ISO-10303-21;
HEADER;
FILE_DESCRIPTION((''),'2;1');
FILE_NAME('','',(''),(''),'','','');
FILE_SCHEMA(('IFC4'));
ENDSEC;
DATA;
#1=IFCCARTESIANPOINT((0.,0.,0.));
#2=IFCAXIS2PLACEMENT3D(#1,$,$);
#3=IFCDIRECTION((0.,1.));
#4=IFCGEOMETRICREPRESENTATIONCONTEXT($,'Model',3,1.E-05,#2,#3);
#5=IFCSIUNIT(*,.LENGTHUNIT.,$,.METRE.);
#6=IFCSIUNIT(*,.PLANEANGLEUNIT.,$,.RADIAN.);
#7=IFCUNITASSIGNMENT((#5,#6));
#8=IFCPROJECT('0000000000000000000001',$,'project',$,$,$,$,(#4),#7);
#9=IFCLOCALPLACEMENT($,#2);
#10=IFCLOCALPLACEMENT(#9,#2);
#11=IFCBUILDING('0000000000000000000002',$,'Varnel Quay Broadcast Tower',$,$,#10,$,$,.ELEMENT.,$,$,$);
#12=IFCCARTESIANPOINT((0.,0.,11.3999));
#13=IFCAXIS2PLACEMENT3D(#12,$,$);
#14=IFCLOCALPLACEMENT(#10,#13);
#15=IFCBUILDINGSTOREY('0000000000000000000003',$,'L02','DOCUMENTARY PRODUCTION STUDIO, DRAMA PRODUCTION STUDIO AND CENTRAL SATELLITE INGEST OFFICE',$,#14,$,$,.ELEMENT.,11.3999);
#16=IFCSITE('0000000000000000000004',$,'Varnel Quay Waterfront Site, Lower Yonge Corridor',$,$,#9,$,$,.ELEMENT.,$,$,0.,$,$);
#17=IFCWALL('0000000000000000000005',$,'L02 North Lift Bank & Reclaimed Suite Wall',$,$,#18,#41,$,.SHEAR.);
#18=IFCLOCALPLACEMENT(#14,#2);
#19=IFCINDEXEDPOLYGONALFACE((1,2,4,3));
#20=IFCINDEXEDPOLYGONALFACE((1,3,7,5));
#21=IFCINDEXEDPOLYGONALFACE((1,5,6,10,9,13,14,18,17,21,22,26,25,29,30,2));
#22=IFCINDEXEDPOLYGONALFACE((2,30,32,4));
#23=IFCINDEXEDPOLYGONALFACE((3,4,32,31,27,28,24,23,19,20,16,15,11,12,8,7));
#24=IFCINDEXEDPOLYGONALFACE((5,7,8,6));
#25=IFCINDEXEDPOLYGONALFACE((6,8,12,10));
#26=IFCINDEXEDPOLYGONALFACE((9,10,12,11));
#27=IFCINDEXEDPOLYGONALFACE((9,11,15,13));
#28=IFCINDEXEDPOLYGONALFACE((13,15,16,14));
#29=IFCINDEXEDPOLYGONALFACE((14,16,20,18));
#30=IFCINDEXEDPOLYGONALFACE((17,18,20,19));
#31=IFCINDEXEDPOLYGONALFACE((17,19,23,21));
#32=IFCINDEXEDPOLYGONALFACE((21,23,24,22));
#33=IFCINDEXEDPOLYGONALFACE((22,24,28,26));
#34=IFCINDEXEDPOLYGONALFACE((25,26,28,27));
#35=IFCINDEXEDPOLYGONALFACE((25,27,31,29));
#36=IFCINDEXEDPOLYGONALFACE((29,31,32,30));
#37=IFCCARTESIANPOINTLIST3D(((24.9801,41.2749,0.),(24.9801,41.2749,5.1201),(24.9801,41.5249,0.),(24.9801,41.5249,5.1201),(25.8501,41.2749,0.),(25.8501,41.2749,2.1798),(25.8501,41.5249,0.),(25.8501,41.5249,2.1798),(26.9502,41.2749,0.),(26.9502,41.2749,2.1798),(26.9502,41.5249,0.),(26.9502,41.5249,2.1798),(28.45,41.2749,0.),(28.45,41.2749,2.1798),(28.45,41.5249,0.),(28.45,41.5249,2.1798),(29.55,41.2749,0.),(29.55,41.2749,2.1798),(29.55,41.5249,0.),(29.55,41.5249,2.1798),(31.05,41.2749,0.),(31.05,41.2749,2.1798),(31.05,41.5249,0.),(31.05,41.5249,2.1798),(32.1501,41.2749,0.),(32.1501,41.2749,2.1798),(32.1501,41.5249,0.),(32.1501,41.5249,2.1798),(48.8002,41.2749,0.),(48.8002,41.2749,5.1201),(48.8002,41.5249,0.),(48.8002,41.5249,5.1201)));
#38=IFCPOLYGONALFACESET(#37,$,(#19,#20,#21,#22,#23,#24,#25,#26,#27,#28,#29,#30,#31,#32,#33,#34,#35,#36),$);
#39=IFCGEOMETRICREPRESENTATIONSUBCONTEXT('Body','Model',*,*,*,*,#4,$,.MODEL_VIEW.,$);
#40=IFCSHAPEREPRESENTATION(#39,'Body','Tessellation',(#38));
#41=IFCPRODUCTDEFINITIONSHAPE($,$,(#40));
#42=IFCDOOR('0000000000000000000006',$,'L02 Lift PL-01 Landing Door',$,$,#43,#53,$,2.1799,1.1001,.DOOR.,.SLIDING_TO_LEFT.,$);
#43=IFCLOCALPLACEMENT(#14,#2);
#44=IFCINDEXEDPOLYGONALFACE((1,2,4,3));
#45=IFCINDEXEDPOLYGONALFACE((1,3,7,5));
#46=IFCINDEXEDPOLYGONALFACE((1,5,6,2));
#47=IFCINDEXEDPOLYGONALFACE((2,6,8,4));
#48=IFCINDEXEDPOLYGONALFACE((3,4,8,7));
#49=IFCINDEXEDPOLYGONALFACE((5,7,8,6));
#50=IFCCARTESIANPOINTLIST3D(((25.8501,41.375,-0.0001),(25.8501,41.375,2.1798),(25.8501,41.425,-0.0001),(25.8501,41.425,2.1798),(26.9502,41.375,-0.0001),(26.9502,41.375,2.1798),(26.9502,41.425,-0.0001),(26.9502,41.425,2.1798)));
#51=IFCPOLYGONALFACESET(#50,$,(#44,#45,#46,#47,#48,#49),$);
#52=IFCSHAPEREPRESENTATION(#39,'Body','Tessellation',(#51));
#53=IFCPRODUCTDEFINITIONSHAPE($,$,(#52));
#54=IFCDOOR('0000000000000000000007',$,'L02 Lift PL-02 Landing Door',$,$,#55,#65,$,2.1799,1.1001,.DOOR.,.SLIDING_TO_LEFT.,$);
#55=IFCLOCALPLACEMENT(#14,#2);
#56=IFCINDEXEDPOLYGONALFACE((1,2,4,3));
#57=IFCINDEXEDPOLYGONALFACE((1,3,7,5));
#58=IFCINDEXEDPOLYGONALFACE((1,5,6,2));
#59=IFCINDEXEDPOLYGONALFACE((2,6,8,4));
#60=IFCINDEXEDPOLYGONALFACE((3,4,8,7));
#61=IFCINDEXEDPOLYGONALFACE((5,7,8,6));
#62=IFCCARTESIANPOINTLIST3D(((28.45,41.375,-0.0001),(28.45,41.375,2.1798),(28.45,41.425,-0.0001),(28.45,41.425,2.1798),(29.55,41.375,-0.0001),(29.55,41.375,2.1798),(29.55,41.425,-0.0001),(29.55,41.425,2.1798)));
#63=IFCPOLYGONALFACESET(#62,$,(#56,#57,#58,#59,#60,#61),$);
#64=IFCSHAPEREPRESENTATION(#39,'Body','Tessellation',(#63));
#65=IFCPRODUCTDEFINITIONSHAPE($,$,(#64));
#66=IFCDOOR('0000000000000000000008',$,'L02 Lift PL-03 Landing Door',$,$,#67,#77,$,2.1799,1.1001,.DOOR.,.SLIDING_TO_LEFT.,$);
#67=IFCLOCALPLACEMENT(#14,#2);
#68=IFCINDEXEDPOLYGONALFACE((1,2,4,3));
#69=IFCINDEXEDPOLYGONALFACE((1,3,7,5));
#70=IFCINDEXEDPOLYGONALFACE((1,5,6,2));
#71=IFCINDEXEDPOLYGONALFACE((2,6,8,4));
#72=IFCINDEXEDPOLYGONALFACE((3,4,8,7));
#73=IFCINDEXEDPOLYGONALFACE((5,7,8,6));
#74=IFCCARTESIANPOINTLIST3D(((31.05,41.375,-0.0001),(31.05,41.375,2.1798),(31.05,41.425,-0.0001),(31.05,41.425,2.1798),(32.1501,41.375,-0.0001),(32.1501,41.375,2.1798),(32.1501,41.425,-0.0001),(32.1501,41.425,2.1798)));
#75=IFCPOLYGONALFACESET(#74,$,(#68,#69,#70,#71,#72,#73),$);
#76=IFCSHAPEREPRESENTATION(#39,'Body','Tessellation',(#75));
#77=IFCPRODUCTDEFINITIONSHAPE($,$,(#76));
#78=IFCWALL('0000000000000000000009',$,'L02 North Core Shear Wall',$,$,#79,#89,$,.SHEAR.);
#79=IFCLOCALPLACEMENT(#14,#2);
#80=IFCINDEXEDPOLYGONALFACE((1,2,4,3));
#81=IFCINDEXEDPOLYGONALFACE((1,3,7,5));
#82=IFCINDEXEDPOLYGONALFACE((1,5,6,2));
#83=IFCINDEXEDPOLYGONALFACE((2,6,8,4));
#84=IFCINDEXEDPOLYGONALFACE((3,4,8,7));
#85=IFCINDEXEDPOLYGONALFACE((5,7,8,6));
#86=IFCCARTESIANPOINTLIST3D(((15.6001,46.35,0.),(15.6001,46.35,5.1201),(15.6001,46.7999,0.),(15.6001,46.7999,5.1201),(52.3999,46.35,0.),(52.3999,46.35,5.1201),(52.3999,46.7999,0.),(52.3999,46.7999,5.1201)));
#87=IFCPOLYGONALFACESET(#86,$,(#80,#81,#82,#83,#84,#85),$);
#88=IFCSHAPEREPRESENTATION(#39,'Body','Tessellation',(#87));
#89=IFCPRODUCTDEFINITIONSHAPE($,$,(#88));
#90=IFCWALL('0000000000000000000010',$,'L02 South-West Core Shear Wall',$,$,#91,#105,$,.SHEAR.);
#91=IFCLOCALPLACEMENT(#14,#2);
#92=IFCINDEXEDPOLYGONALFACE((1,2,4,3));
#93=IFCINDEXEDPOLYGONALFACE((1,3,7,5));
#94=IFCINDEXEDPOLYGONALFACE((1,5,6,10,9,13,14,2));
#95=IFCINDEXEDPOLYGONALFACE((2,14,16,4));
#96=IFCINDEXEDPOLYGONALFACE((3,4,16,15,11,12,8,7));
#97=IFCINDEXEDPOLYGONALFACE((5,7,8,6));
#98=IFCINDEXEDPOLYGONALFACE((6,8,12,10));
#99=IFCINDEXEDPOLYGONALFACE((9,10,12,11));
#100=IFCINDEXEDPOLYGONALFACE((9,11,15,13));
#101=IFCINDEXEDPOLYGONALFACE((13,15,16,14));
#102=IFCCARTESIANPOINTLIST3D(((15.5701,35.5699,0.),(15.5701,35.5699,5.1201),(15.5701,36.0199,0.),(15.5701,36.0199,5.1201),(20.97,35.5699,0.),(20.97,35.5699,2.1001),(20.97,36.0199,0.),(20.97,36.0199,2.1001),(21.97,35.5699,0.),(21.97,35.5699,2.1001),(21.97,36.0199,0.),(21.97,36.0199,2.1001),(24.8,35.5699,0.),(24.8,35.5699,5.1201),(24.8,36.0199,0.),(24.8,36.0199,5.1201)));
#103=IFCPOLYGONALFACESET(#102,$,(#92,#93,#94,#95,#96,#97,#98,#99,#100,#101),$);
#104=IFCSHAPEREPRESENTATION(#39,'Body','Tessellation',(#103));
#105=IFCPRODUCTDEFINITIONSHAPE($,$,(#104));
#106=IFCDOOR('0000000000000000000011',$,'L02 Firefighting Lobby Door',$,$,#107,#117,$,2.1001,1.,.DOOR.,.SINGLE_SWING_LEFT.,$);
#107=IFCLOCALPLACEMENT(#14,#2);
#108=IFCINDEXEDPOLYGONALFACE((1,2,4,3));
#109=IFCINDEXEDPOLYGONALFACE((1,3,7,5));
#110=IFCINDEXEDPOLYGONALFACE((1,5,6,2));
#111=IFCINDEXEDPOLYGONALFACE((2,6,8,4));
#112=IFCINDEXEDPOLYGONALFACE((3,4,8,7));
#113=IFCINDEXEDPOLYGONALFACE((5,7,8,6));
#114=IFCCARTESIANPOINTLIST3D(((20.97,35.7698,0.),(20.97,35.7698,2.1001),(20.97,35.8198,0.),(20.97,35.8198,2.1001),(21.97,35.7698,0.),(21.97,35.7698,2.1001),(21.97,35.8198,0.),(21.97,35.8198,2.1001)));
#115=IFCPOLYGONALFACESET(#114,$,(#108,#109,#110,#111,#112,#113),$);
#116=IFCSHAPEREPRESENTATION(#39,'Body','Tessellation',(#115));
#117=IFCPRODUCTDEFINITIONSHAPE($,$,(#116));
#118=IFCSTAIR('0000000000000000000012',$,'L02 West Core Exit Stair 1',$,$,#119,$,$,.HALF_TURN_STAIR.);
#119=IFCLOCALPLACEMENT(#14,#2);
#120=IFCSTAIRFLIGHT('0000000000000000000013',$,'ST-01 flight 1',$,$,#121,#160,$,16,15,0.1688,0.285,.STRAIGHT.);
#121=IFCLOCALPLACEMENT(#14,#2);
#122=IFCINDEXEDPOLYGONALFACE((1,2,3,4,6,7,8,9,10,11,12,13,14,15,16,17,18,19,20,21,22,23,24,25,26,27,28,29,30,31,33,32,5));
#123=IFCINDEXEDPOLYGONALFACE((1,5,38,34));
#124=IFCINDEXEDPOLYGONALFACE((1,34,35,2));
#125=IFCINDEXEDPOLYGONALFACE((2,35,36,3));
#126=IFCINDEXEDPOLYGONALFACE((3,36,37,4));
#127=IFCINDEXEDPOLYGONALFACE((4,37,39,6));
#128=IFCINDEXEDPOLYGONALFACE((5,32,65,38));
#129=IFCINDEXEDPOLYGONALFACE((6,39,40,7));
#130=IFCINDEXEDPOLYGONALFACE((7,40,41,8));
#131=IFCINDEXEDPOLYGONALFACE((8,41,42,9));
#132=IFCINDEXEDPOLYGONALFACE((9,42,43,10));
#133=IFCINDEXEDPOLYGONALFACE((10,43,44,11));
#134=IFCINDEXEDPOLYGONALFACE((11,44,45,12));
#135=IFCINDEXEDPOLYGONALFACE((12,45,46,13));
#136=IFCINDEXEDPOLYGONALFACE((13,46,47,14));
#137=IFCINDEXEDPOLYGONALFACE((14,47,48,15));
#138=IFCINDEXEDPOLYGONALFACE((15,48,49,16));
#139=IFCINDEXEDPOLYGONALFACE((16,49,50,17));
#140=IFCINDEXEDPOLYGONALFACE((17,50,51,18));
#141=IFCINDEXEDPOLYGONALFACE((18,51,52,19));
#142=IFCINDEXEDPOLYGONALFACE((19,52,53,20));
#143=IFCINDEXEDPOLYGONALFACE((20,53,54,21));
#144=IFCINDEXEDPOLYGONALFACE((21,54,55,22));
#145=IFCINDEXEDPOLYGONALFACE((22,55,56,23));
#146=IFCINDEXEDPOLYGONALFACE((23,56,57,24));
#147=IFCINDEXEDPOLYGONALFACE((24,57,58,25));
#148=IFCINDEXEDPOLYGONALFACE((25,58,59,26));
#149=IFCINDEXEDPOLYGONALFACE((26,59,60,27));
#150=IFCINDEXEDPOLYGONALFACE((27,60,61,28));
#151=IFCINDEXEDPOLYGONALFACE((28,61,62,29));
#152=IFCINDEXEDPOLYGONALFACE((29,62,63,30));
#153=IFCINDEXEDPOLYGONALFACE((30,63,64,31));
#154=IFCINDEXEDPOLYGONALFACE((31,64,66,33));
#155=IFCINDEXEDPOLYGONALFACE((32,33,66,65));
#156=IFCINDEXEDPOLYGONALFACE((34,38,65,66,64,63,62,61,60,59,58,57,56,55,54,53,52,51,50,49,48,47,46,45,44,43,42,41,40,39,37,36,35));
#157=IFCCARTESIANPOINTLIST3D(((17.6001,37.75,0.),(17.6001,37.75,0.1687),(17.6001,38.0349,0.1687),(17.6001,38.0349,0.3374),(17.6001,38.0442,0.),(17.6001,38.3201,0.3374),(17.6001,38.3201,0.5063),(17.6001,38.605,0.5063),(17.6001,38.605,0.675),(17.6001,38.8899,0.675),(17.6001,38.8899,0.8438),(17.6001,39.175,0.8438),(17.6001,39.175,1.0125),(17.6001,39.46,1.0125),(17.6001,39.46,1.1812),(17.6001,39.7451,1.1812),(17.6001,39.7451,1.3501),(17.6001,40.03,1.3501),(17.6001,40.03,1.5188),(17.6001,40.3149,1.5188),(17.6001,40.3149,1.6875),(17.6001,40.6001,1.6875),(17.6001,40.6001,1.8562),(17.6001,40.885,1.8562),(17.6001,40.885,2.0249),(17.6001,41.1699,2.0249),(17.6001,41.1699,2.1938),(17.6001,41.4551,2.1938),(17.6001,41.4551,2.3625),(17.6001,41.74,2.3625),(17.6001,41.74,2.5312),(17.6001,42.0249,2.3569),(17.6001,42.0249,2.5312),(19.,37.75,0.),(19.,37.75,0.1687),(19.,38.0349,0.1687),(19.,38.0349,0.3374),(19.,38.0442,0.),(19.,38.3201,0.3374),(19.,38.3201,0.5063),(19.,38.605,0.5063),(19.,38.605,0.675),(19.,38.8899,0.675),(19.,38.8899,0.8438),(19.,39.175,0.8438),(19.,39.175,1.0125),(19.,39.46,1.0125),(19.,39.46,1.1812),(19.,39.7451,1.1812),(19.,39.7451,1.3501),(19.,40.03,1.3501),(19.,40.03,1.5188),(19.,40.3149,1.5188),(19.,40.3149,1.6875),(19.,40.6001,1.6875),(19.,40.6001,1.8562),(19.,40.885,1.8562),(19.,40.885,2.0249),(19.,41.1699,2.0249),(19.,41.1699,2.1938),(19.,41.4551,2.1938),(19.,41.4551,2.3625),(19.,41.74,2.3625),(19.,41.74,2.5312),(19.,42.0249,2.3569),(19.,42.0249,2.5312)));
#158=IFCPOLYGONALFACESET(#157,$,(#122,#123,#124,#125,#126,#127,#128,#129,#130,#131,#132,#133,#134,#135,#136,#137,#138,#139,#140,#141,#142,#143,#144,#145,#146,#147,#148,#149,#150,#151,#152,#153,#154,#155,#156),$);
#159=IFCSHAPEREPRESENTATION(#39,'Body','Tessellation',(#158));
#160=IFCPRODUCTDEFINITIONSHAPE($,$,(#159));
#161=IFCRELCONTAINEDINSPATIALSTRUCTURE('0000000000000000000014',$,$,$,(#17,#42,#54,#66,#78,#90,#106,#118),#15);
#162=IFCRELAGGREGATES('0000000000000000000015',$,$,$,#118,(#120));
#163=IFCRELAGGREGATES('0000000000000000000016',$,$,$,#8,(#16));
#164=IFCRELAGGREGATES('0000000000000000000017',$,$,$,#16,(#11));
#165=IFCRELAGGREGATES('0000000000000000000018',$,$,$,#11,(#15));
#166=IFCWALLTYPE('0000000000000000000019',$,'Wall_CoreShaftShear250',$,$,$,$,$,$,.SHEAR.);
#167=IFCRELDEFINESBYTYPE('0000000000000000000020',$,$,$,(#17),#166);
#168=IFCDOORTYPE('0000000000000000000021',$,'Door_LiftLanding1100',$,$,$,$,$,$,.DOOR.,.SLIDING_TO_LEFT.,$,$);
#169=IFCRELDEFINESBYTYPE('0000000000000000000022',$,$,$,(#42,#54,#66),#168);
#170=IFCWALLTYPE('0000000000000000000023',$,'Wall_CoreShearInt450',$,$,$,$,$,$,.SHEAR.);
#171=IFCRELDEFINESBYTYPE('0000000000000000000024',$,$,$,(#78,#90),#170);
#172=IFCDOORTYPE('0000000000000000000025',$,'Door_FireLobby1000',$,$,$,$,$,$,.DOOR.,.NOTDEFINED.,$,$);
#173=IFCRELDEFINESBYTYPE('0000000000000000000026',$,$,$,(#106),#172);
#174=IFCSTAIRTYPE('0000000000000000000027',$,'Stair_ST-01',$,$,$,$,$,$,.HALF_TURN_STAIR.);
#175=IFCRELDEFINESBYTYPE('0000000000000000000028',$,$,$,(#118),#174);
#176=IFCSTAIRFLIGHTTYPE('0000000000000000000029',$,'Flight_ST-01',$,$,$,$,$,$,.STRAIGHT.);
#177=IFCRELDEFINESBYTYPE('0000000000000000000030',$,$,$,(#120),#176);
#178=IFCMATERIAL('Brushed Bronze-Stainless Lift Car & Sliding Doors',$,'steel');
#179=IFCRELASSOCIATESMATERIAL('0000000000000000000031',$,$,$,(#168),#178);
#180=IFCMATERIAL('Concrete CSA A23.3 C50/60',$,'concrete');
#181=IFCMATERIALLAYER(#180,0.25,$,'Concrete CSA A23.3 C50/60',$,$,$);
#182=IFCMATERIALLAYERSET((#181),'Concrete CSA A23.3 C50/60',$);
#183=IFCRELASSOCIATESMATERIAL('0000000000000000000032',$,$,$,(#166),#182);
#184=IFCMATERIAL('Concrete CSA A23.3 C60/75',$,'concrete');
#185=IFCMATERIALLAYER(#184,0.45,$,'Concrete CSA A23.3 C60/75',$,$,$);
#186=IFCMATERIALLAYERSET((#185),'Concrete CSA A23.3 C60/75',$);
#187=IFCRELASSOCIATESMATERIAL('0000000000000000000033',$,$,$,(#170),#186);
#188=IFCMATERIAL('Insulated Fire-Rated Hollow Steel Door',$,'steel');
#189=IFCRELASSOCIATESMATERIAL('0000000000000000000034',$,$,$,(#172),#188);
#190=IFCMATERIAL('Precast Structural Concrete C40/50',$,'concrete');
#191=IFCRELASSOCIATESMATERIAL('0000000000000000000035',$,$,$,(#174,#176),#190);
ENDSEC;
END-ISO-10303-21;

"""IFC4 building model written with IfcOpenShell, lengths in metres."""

from ifc_helpers import new_model, si_unit, direction, frame, frame_2d, origin, place, context, subcontext, project, spatial, polyline, rectangle, outline, extrude, source, transform, mapped, material, layer, layer_set, type_object, type_shapes, element, fill, aggregate, save


model = new_model("IFC4")

# Units and contexts
model_context = context("Model", 3, precision=1e-05, world=origin(), true_north=direction((0.0, 1.0)))
body_context = subcontext(model_context, "Body", "Model", "MODEL_VIEW")
ifc_project = project(units=[si_unit("LENGTHUNIT", "METRE"), si_unit("PLANEANGLEUNIT", "RADIAN")], contexts=[model_context])

# Site, building, storey
site_placement = place(None, origin())
site = spatial("IfcSite", under=ifc_project, at=site_placement, Name="Varnel Quay Waterfront Site, Lower Yonge Corridor", CompositionType="ELEMENT", RefElevation=0.0)
building_placement = place(site_placement, origin())
building = spatial("IfcBuilding", under=site, at=building_placement, Name="Varnel Quay Broadcast Tower", CompositionType="ELEMENT")
storey_placement = place(building_placement, frame((0.0, 0.0, 11.3999)))
storey = spatial("IfcBuildingStorey", under=building, at=storey_placement, Name="L02", Description="DOCUMENTARY PRODUCTION STUDIO, DRAMA PRODUCTION STUDIO AND CENTRAL SATELLITE INGEST OFFICE", CompositionType="ELEMENT", Elevation=11.3999)

# Shared definitions
ifc_material_1 = material(Name="Concrete CSA A23.3 C50/60", Category="concrete")
ifc_material_2 = material(Name="Insulated Fire-Rated Hollow Steel Door", Category="steel")

# Shared definitions
ifc_material_3 = material(Name="Brushed Bronze-Stainless Lift Car & Sliding Doors", Category="steel")
door_type_1 = type_object("IfcDoorType", Name="Door_LiftLanding1100", OperationType="SLIDING_TO_LEFT", PredefinedType="DOOR", material=ifc_material_3)
shared_shape_1 = source(origin(), body_context, "Body", "SweptSolid", [
    extrude(rectangle(XDim=1.1001, YDim=2.1799, at=frame_2d((0.55, 1.0898))), frame((0.0, 0.0249, 0.0), z_axis=(0.0, -1.0, 0.0), x_axis=(1.0, 0.0, 0.0)), (0.0, 0.0, 1.0), 0.05),
])
type_shapes(door_type_1, [shared_shape_1])

# Shared definitions
ifc_layer_1 = layer(ifc_material_1, 0.25, Name="Concrete CSA A23.3 C50/60")
ifc_layer_set_1 = layer_set([ifc_layer_1], Name="Concrete CSA A23.3 C50/60")
wall_type_1 = type_object("IfcWallType", Name="Wall_CoreShaftShear250", PredefinedType="SHEAR", material=ifc_layer_set_1)

# Wall, openings, doors
wall_1_placement = place(storey_placement, frame((24.98, 41.3999, 0.0), z_axis=(0.0, 0.0, 1.0), x_axis=(1.0, 0.0, 0.0)))
wall_1 = element("IfcWall", 1, at=wall_1_placement, inside=storey, type_object=wall_type_1, Name="L02 North Lift Bank & Reclaimed Suite Wall", PredefinedType="SHEAR", context=body_context, shape_type="SweptSolid", body=[
    extrude(rectangle(XDim=23.8201, YDim=0.25, at=frame_2d((11.9102, 0.0))), origin(), (0.0, 0.0, 1.0), 5.1201),
])
opening_1_placement = place(wall_1_placement, frame((0.8701, 0.0, 0.0)))
opening_1 = element("IfcOpeningElement", 2, at=opening_1_placement, cuts=wall_1, PredefinedType="OPENING", context=body_context, shape_type="SweptSolid", body=[
    extrude(rectangle(XDim=1.1001, YDim=2.1799, at=frame_2d((0.55, 1.0898))), frame((0.0, 0.135, 0.0), z_axis=(0.0, -1.0, 0.0), x_axis=(1.0, 0.0, 0.0)), (0.0, 0.0, 1.0), 0.27),
])
opening_2_placement = place(wall_1_placement, frame((3.47, 0.0, 0.0)))
opening_2 = element("IfcOpeningElement", 3, at=opening_2_placement, cuts=wall_1, PredefinedType="OPENING", context=body_context, shape_type="SweptSolid", body=[
    extrude(rectangle(XDim=1.1001, YDim=2.1799, at=frame_2d((0.55, 1.0898))), frame((0.0, 0.135, 0.0), z_axis=(0.0, -1.0, 0.0), x_axis=(1.0, 0.0, 0.0)), (0.0, 0.0, 1.0), 0.27),
])
opening_3_placement = place(wall_1_placement, frame((6.0701, 0.0, 0.0)))
opening_3 = element("IfcOpeningElement", 4, at=opening_3_placement, cuts=wall_1, PredefinedType="OPENING", context=body_context, shape_type="SweptSolid", body=[
    extrude(rectangle(XDim=1.1001, YDim=2.1799, at=frame_2d((0.55, 1.0898))), frame((0.0, 0.135, 0.0), z_axis=(0.0, -1.0, 0.0), x_axis=(1.0, 0.0, 0.0)), (0.0, 0.0, 1.0), 0.27),
])
door_1_placement = place(opening_1_placement, frame((1.1001, 0.0, 0.0), z_axis=(0.0, 0.0, 1.0), x_axis=(-1.0, 0.0, 0.0)))
door_1 = element("IfcDoor", 5, at=door_1_placement, inside=storey, type_object=door_type_1, Name="L02 Lift PL-01 Landing Door", OperationType="SLIDING_TO_LEFT", OverallHeight=2.1799, OverallWidth=1.1001, PredefinedType="DOOR", context=body_context, shape_type="MappedRepresentation", body=[
    mapped(shared_shape_1, transform((0.0, 0.0, 0.0), x_axis=(1.0, 0.0, 0.0), y_axis=(0.0, 1.0, 0.0), z_axis=(0.0, 0.0, 1.0), scale=1.0)),
])
fill(opening_1, door_1)
door_2_placement = place(opening_2_placement, frame((1.1001, 0.0, 0.0), z_axis=(0.0, 0.0, 1.0), x_axis=(-1.0, 0.0, 0.0)))
door_2 = element("IfcDoor", 6, at=door_2_placement, inside=storey, type_object=door_type_1, Name="L02 Lift PL-02 Landing Door", OperationType="SLIDING_TO_LEFT", OverallHeight=2.1799, OverallWidth=1.1001, PredefinedType="DOOR", context=body_context, shape_type="MappedRepresentation", body=[
    mapped(shared_shape_1, transform((0.0, 0.0, 0.0), x_axis=(1.0, 0.0, 0.0), y_axis=(0.0, 1.0, 0.0), z_axis=(0.0, 0.0, 1.0), scale=1.0)),
])
fill(opening_2, door_2)
door_3_placement = place(opening_3_placement, frame((1.1001, 0.0, 0.0), z_axis=(0.0, 0.0, 1.0), x_axis=(-1.0, 0.0, 0.0)))
door_3 = element("IfcDoor", 7, at=door_3_placement, inside=storey, type_object=door_type_1, Name="L02 Lift PL-03 Landing Door", OperationType="SLIDING_TO_LEFT", OverallHeight=2.1799, OverallWidth=1.1001, PredefinedType="DOOR", context=body_context, shape_type="MappedRepresentation", body=[
    mapped(shared_shape_1, transform((0.0, 0.0, 0.0), x_axis=(1.0, 0.0, 0.0), y_axis=(0.0, 1.0, 0.0), z_axis=(0.0, 0.0, 1.0), scale=1.0)),
])
fill(opening_3, door_3)

# Wall
ifc_material_4 = material(Name="Concrete CSA A23.3 C60/75", Category="concrete")
ifc_layer_2 = layer(ifc_material_4, 0.45, Name="Concrete CSA A23.3 C60/75")
ifc_layer_set_2 = layer_set([ifc_layer_2], Name="Concrete CSA A23.3 C60/75")
wall_type_2 = type_object("IfcWallType", Name="Wall_CoreShearInt450", PredefinedType="SHEAR", material=ifc_layer_set_2)
wall_2_placement = place(storey_placement, frame((15.6001, 46.575, 0.0), z_axis=(0.0, 0.0, 1.0), x_axis=(1.0, 0.0, 0.0)))
element("IfcWall", 8, at=wall_2_placement, inside=storey, type_object=wall_type_2, Name="L02 North Core Shear Wall", PredefinedType="SHEAR", context=body_context, shape_type="SweptSolid", body=[
    extrude(rectangle(XDim=36.7998, YDim=0.45, at=frame_2d((18.3999, 0.0))), origin(), (0.0, 0.0, 1.0), 5.1201),
])

# Wall, opening, door
wall_3_placement = place(storey_placement, frame((15.5701, 35.7949, 0.0), z_axis=(0.0, 0.0, 1.0), x_axis=(1.0, 0.0, 0.0)))
wall_3 = element("IfcWall", 9, at=wall_3_placement, inside=storey, type_object=wall_type_2, Name="L02 South-West Core Shear Wall", PredefinedType="SHEAR", context=body_context, shape_type="SweptSolid", body=[
    extrude(rectangle(XDim=9.23, YDim=0.45, at=frame_2d((4.615, 0.0))), origin(), (0.0, 0.0, 1.0), 5.1201),
])
opening_4_placement = place(wall_3_placement, frame((5.3999, 0.0, 0.0)))
opening_4 = element("IfcOpeningElement", 10, at=opening_4_placement, cuts=wall_3, PredefinedType="OPENING", context=body_context, shape_type="SweptSolid", body=[
    extrude(rectangle(XDim=1.0, YDim=2.1001, at=frame_2d((0.5, 1.05))), frame((0.0, 0.2349, 0.0), z_axis=(0.0, -1.0, 0.0), x_axis=(1.0, 0.0, 0.0)), (0.0, 0.0, 1.0), 0.47),
])
door_type_2 = type_object("IfcDoorType", Name="Door_FireLobby1000", OperationType="NOTDEFINED", PredefinedType="DOOR", material=ifc_material_2)
shared_shape_2 = source(origin(), body_context, "Body", "SweptSolid", [
    extrude(rectangle(XDim=1.0, YDim=2.1001, at=frame_2d((0.5, 1.05))), frame((0.0, 0.0249, 0.0), z_axis=(0.0, -1.0, 0.0), x_axis=(1.0, 0.0, 0.0)), (0.0, 0.0, 1.0), 0.05),
])
type_shapes(door_type_2, [shared_shape_2])
door_4_placement = place(opening_4_placement, origin())
door_4 = element("IfcDoor", 11, at=door_4_placement, inside=storey, type_object=door_type_2, Name="L02 Firefighting Lobby Door", OperationType="SINGLE_SWING_LEFT", OverallHeight=2.1001, OverallWidth=1.0, PredefinedType="DOOR", context=body_context, shape_type="MappedRepresentation", body=[
    mapped(shared_shape_2, transform((0.0, 0.0, 0.0), x_axis=(1.0, 0.0, 0.0), y_axis=(0.0, 1.0, 0.0), z_axis=(0.0, 0.0, 1.0), scale=1.0)),
])
fill(opening_4, door_4)

# Stair, stair flight
ifc_material_5 = material(Name="Precast Structural Concrete C40/50", Category="concrete")
stair_type = type_object("IfcStairType", Name="Stair_ST-01", PredefinedType="HALF_TURN_STAIR", material=ifc_material_5)
stair_placement = place(storey_placement, origin())
stair = element("IfcStair", 12, at=stair_placement, inside=storey, type_object=stair_type, Name="L02 West Core Exit Stair 1", PredefinedType="HALF_TURN_STAIR")
stair_flight_type = type_object("IfcStairFlightType", Name="Flight_ST-01", PredefinedType="STRAIGHT", material=ifc_material_5)
stair_flight_1_placement = place(storey_placement, frame((18.3, 37.75, 0.0), z_axis=(0.0, 0.0, 1.0), x_axis=(0.0, 1.0, 0.0)))
stair_flight_1 = element("IfcStairFlight", 13, at=stair_flight_1_placement, type_object=stair_flight_type, Name="ST-01 flight 1", NumberOfRisers=16, NumberOfTreads=15, PredefinedType="STRAIGHT", RiserHeight=0.1688, TreadLength=0.285, context=body_context, shape_type="SweptSolid", body=[
    extrude(outline(polyline([(0.0, 0.0), (0.0, 0.1687), (0.2849, 0.1687), (0.2849, 0.3374), (0.5701, 0.3374), (0.5701, 0.5063), (0.855, 0.5063), (0.855, 0.675), (1.1399, 0.675), (1.1399, 0.8438), (1.425, 0.8438), (1.425, 1.0125), (1.71, 1.0125), (1.71, 1.1812), (1.9951, 1.1812), (1.9951, 1.3501), (2.28, 1.3501), (2.28, 1.5188), (2.5649, 1.5188), (2.5649, 1.6875), (2.8501, 1.6875), (2.8501, 1.8562), (3.135, 1.8562), (3.135, 2.0249), (3.4199, 2.0249), (3.4199, 2.1938), (3.7051, 2.1938), (3.7051, 2.3625), (3.99, 2.3625), (3.99, 2.5312), (4.2749, 2.5312), (4.2749, 2.7), (4.2749, 2.3569), (0.2942, 0.0), (0.0, 0.0)])), frame((0.0, 0.7, 0.0), z_axis=(0.0, -1.0, 0.0), x_axis=(1.0, 0.0, 0.0)), (0.0, 0.0, 1.0), 1.3999),
])
aggregate(stair, [stair_flight_1])

save(model, "model.ifc")
